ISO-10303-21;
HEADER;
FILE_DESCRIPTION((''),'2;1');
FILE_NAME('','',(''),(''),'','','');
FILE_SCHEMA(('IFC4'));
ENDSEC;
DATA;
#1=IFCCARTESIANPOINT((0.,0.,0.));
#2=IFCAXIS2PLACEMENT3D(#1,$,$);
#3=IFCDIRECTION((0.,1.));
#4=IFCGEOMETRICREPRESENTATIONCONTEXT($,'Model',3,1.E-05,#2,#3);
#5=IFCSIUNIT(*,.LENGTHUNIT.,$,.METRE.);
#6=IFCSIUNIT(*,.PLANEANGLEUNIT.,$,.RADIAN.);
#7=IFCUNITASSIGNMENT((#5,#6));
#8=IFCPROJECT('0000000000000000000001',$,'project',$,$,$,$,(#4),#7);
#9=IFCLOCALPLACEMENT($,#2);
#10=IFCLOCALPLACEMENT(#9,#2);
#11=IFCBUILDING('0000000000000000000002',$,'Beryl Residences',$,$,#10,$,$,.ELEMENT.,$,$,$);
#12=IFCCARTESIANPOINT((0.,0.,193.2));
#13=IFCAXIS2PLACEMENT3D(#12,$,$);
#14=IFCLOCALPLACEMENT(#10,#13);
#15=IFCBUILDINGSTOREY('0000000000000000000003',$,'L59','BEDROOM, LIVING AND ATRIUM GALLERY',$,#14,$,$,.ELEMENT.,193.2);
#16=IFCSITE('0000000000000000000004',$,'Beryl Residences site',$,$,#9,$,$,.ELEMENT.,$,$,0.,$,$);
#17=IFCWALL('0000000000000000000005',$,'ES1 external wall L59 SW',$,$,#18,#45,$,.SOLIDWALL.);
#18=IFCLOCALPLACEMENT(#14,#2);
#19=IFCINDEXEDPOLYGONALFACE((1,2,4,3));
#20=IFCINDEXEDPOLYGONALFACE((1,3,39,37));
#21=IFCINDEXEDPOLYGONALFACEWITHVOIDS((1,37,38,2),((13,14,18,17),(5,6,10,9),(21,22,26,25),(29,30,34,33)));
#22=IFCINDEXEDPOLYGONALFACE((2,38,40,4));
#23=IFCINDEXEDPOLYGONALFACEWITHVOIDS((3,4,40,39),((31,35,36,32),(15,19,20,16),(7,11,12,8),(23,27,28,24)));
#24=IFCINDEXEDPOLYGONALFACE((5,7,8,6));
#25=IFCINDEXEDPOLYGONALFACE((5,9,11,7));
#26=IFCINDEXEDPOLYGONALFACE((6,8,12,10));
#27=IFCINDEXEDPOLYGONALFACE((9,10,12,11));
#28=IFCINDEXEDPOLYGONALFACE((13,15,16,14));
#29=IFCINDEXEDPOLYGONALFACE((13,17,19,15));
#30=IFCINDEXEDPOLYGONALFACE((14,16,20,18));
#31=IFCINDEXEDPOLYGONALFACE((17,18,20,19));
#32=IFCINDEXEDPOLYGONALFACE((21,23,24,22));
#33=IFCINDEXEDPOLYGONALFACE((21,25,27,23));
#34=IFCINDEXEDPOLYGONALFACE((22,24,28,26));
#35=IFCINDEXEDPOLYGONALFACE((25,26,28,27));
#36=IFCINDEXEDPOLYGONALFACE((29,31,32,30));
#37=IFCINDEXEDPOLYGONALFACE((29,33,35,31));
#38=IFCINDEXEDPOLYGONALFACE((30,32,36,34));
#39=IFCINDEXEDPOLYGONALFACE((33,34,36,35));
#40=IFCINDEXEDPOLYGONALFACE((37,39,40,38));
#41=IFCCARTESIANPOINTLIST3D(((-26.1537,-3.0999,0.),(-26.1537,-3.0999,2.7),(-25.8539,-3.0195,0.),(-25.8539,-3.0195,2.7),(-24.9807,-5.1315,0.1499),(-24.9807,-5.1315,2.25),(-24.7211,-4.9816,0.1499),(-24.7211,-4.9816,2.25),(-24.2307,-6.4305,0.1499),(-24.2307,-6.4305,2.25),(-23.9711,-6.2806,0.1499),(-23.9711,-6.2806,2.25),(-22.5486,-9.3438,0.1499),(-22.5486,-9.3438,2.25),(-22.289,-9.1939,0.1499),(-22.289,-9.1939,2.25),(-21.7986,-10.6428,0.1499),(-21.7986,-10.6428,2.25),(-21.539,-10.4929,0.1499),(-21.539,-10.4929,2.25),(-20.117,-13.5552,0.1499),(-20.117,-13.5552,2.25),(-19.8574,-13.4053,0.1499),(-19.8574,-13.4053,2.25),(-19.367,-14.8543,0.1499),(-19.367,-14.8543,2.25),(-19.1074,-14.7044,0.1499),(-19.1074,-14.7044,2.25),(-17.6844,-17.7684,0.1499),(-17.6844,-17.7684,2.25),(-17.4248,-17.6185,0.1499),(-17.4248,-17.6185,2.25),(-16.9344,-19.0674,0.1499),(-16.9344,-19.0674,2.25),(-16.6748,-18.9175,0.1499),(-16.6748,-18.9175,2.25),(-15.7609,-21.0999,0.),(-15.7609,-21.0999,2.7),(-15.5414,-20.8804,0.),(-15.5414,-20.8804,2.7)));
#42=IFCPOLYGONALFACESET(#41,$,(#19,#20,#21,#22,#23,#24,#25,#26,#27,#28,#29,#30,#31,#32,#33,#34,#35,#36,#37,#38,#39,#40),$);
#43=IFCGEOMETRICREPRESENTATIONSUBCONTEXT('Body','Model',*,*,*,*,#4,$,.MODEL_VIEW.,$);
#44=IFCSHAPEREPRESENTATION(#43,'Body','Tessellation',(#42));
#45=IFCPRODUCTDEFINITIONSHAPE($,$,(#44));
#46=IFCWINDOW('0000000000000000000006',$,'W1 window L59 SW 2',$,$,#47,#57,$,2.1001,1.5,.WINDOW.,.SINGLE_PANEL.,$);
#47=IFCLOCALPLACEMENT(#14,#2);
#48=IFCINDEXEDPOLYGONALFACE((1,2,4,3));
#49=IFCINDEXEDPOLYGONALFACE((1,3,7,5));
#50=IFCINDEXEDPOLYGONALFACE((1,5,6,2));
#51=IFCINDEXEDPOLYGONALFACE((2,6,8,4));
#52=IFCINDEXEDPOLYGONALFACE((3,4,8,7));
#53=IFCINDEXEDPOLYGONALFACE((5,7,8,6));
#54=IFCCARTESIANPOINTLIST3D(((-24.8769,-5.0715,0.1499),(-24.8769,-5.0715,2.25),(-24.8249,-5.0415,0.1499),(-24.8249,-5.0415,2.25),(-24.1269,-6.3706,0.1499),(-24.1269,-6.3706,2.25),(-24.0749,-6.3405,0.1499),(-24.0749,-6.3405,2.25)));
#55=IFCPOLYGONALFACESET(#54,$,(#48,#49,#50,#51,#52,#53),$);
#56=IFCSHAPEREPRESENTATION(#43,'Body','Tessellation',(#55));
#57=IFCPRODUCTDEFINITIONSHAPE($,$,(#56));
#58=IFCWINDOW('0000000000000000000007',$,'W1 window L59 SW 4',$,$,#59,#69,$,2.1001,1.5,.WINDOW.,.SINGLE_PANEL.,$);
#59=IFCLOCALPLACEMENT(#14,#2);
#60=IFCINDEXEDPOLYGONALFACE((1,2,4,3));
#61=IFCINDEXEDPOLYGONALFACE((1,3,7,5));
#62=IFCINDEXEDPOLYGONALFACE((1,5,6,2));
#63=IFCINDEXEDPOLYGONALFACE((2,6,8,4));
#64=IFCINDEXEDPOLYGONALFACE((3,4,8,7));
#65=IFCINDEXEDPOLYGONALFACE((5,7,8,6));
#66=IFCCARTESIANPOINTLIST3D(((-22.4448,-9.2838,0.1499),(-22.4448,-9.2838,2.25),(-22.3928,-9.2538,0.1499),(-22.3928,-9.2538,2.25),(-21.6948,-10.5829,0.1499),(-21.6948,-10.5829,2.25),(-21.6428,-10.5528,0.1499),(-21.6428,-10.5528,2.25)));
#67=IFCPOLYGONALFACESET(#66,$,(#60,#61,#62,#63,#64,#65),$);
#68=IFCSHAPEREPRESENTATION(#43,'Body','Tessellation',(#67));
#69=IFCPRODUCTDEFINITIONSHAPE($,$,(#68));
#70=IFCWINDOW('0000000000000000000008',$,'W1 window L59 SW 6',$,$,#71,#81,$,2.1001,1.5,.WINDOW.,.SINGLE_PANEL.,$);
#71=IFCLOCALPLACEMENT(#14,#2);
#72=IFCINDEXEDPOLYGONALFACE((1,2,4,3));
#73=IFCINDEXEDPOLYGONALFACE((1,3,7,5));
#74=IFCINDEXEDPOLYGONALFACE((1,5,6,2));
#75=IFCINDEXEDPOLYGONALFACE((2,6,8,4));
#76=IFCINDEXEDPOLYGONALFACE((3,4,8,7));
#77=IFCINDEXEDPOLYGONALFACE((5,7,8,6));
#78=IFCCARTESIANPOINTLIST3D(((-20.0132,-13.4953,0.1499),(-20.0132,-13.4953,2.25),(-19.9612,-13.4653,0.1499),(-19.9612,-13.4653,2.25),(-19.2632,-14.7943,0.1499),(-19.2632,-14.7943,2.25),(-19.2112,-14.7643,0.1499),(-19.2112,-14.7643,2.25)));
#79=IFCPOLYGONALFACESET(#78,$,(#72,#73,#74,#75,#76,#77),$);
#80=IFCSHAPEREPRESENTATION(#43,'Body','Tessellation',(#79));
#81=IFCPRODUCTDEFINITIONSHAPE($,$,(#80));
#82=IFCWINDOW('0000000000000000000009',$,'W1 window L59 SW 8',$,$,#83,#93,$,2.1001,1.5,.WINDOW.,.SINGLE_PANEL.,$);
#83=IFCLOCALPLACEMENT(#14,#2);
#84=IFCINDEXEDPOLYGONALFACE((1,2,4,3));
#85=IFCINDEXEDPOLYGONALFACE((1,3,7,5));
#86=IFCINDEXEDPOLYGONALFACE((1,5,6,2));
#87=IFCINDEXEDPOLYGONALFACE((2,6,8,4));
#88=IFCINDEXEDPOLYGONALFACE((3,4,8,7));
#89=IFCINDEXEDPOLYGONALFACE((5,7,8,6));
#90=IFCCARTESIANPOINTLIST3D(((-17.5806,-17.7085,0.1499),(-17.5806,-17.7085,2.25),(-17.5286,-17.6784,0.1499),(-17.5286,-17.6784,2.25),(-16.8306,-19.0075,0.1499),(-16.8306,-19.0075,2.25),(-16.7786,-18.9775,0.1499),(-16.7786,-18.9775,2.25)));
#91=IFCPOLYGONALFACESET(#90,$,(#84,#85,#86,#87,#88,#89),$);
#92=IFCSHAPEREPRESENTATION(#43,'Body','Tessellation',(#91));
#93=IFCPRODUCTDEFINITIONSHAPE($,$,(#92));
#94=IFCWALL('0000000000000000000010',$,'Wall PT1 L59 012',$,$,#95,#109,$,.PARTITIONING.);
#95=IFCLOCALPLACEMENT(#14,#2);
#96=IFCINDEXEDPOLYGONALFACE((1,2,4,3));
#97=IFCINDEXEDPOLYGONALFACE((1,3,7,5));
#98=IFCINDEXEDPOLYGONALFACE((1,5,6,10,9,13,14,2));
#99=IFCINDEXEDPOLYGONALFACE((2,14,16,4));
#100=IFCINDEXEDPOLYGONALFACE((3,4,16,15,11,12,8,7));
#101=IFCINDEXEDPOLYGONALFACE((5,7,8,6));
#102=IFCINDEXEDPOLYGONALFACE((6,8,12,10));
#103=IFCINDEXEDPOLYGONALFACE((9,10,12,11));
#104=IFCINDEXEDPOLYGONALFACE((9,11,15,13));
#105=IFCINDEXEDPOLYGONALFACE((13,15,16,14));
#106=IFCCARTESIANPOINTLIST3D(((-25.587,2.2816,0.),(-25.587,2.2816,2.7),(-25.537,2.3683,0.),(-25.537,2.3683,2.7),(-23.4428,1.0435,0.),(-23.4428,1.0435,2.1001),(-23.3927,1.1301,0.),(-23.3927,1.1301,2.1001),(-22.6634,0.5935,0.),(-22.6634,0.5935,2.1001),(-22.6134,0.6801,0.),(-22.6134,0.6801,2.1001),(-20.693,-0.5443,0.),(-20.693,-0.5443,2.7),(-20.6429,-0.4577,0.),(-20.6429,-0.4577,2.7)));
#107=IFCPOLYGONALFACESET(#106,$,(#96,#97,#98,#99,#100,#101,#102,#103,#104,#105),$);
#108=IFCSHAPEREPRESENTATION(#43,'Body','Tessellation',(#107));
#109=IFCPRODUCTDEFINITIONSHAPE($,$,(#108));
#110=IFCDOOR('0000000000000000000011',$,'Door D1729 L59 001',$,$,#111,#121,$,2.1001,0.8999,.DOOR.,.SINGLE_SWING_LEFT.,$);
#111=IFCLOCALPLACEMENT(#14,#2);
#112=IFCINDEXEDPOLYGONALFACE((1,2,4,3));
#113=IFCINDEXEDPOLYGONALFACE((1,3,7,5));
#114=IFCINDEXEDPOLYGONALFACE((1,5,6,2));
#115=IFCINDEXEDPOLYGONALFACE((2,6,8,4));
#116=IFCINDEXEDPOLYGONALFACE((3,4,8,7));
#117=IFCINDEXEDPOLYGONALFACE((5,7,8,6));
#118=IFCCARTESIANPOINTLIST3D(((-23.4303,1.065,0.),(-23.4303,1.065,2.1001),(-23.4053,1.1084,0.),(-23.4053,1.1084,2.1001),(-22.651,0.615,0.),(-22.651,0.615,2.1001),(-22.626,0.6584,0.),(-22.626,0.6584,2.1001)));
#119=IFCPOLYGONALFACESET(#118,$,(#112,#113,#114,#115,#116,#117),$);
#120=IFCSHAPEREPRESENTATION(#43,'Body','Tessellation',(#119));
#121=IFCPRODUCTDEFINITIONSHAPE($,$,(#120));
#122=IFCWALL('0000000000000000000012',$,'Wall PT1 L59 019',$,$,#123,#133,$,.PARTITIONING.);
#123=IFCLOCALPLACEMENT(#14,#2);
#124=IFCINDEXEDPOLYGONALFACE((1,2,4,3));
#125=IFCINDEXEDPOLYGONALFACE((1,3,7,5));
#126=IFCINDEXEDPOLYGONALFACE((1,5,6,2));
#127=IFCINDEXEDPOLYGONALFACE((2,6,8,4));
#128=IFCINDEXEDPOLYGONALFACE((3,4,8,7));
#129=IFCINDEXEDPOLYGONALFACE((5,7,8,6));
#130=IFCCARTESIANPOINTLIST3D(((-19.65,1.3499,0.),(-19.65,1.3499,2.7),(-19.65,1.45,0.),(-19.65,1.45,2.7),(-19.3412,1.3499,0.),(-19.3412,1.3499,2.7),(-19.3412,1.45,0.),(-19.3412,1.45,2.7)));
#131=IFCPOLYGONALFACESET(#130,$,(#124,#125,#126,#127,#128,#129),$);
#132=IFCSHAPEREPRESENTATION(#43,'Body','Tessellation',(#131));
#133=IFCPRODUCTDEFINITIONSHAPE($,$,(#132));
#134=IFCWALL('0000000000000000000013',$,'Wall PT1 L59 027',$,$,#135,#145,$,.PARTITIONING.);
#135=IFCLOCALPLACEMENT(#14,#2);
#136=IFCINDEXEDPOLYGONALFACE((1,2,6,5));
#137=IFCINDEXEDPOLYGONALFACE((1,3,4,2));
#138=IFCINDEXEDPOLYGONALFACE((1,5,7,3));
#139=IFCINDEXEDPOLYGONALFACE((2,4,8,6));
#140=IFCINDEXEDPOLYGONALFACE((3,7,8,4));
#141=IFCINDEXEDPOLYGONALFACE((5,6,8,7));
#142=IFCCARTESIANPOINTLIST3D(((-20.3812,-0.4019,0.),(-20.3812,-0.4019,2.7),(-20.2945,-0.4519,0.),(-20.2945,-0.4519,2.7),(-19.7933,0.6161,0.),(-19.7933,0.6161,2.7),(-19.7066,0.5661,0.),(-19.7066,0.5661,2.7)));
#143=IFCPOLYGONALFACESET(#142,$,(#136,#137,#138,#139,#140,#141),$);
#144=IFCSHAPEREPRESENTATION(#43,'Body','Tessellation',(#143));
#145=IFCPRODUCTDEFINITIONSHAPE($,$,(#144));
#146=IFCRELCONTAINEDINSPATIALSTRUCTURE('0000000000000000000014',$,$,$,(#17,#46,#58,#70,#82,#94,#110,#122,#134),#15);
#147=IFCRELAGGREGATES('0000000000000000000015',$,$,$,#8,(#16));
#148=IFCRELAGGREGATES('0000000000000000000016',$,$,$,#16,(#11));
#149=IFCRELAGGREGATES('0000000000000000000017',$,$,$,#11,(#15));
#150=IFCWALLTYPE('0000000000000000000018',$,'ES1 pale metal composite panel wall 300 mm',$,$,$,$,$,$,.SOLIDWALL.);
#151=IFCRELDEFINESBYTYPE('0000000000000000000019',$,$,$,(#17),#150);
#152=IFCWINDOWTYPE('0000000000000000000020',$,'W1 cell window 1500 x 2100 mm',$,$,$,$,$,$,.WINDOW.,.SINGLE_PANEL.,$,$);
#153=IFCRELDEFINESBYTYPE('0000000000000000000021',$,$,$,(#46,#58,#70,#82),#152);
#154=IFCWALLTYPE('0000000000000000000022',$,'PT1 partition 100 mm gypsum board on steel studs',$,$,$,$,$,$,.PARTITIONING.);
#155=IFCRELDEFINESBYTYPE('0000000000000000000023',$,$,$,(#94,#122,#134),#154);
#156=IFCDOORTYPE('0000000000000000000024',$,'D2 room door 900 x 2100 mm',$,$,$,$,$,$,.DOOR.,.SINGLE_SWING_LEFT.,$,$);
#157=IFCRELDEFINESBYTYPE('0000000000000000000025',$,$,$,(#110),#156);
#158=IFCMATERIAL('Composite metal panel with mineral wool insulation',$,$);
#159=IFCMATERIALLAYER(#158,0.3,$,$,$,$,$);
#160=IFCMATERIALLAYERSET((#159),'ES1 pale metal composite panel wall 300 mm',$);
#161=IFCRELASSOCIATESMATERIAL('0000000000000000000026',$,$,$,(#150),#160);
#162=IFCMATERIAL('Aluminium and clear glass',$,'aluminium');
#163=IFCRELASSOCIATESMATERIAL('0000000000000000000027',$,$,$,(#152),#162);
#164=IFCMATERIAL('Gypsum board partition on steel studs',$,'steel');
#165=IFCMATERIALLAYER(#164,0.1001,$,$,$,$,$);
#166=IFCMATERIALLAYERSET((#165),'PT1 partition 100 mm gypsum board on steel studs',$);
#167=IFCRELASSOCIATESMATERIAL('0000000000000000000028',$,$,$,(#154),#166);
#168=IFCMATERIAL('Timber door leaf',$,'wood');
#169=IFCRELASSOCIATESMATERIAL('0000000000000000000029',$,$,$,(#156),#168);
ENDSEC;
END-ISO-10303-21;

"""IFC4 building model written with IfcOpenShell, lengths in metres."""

from ifc_helpers import new_model, si_unit, direction, frame, frame_2d, origin, place, context, subcontext, project, spatial, polyline, rectangle, outline, extrude, material, layer, layer_set, type_object, element, fill, save


model = new_model("IFC4")

# Units and contexts
model_context = context("Model", 3, precision=1e-05, world=origin(), true_north=direction((0.0, 1.0)))
body_context = subcontext(model_context, "Body", "Model", "MODEL_VIEW")
ifc_project = project(units=[si_unit("LENGTHUNIT", "METRE"), si_unit("PLANEANGLEUNIT", "RADIAN")], contexts=[model_context])

# Site, building, storey
site_placement = place(None, origin())
site = spatial("IfcSite", under=ifc_project, at=site_placement, Name="Beryl Residences site", CompositionType="ELEMENT", RefElevation=0.0)
building_placement = place(site_placement, origin())
building = spatial("IfcBuilding", under=site, at=building_placement, Name="Beryl Residences", CompositionType="ELEMENT")
storey_placement = place(building_placement, frame((0.0, 0.0, 193.2)))
storey = spatial("IfcBuildingStorey", under=building, at=storey_placement, Name="L59", Description="BEDROOM, LIVING AND ATRIUM GALLERY", CompositionType="ELEMENT", Elevation=193.2)

# Shared definitions
ifc_material_1 = material(Name="Composite metal panel with mineral wool insulation")
ifc_layer_1 = layer(ifc_material_1, 0.3)
ifc_layer_set_1 = layer_set([ifc_layer_1], Name="ES1 pale metal composite panel wall 300 mm")
wall_type_1 = type_object("IfcWallType", Name="ES1 pale metal composite panel wall 300 mm", PredefinedType="SOLIDWALL", material=ifc_layer_set_1)

# Wall, openings, windows
wall_1_placement = place(storey_placement, frame((-26.0239, -3.0249, 0.0), z_axis=(0.0, 0.0, 1.0), x_axis=(0.500019, -0.866015, 0.0)))
wall_1 = element("IfcWall", 1, at=wall_1_placement, inside=storey, type_object=wall_type_1, Name="ES1 external wall L59 SW", PredefinedType="SOLIDWALL", context=body_context, shape_type="SweptSolid", body=[
    extrude(outline(polyline([(0.0, -0.1499), (20.7849, -0.1499), (20.7046, 0.1499), (0.0803, 0.1499), (0.0, -0.1499)])), origin(), (0.0, 0.0, 1.0), 2.7),
])
opening_1_placement = place(wall_1_placement, frame((2.3459, 0.0, 0.1499)))
opening_1 = element("IfcOpeningElement", 2, at=opening_1_placement, cuts=wall_1, PredefinedType="OPENING", context=body_context, shape_type="SweptSolid", body=[
    extrude(rectangle(XDim=1.5, YDim=2.1001, at=frame_2d((0.75, 1.05))), frame((0.0, 0.1599, 0.0), z_axis=(0.0, -1.0, 0.0), x_axis=(1.0, 0.0, 0.0)), (0.0, 0.0, 1.0), 0.3201),
])
opening_2_placement = place(wall_1_placement, frame((7.21, 0.0, 0.1499)))
opening_2 = element("IfcOpeningElement", 3, at=opening_2_placement, cuts=wall_1, PredefinedType="OPENING", context=body_context, shape_type="SweptSolid", body=[
    extrude(rectangle(XDim=1.5, YDim=2.1001, at=frame_2d((0.75, 1.05))), frame((0.0, 0.1599, 0.0), z_axis=(0.0, -1.0, 0.0), x_axis=(1.0, 0.0, 0.0)), (0.0, 0.0, 1.0), 0.3201),
])
opening_3_placement = place(wall_1_placement, frame((12.073, 0.0, 0.1499)))
opening_3 = element("IfcOpeningElement", 4, at=opening_3_placement, cuts=wall_1, PredefinedType="OPENING", context=body_context, shape_type="SweptSolid", body=[
    extrude(rectangle(XDim=1.5, YDim=2.1001, at=frame_2d((0.75, 1.05))), frame((0.0, 0.1599, 0.0), z_axis=(0.0, -1.0, 0.0), x_axis=(1.0, 0.0, 0.0)), (0.0, 0.0, 1.0), 0.3201),
])
opening_4_placement = place(wall_1_placement, frame((16.938, 0.0, 0.1499)))
opening_4 = element("IfcOpeningElement", 5, at=opening_4_placement, cuts=wall_1, PredefinedType="OPENING", context=body_context, shape_type="SweptSolid", body=[
    extrude(rectangle(XDim=1.5, YDim=2.1001, at=frame_2d((0.75, 1.05))), frame((0.0, 0.1599, 0.0), z_axis=(0.0, -1.0, 0.0), x_axis=(1.0, 0.0, 0.0)), (0.0, 0.0, 1.0), 0.3201),
])
ifc_material_2 = material(Name="Aluminium and clear glass", Category="aluminium")
window_type_1 = type_object("IfcWindowType", Name="W1 cell window 1500 x 2100 mm", PartitioningType="SINGLE_PANEL", PredefinedType="WINDOW", material=ifc_material_2)
window_1_placement = place(opening_1_placement, origin())
window_1 = element("IfcWindow", 6, at=window_1_placement, inside=storey, type_object=window_type_1, Name="W1 window L59 SW 2", OverallHeight=2.1001, OverallWidth=1.5, PartitioningType="SINGLE_PANEL", PredefinedType="WINDOW", context=body_context, shape_type="SweptSolid", body=[
    extrude(rectangle(XDim=1.5, YDim=2.1001, at=frame_2d((0.75, 1.05))), frame((0.0, 0.03, 0.0), z_axis=(0.0, -1.0, 0.0), x_axis=(1.0, 0.0, 0.0)), (0.0, 0.0, 1.0), 0.0601),
])
fill(opening_1, window_1)
window_2_placement = place(opening_2_placement, origin())
window_2 = element("IfcWindow", 7, at=window_2_placement, inside=storey, type_object=window_type_1, Name="W1 window L59 SW 4", OverallHeight=2.1001, OverallWidth=1.5, PartitioningType="SINGLE_PANEL", PredefinedType="WINDOW", context=body_context, shape_type="SweptSolid", body=[
    extrude(rectangle(XDim=1.5, YDim=2.1001, at=frame_2d((0.75, 1.05))), frame((0.0, 0.03, 0.0), z_axis=(0.0, -1.0, 0.0), x_axis=(1.0, 0.0, 0.0)), (0.0, 0.0, 1.0), 0.0601),
])
fill(opening_2, window_2)
window_3_placement = place(opening_3_placement, origin())
window_3 = element("IfcWindow", 8, at=window_3_placement, inside=storey, type_object=window_type_1, Name="W1 window L59 SW 6", OverallHeight=2.1001, OverallWidth=1.5, PartitioningType="SINGLE_PANEL", PredefinedType="WINDOW", context=body_context, shape_type="SweptSolid", body=[
    extrude(rectangle(XDim=1.5, YDim=2.1001, at=frame_2d((0.75, 1.05))), frame((0.0, 0.03, 0.0), z_axis=(0.0, -1.0, 0.0), x_axis=(1.0, 0.0, 0.0)), (0.0, 0.0, 1.0), 0.0601),
])
fill(opening_3, window_3)
window_4_placement = place(opening_4_placement, origin())
window_4 = element("IfcWindow", 9, at=window_4_placement, inside=storey, type_object=window_type_1, Name="W1 window L59 SW 8", OverallHeight=2.1001, OverallWidth=1.5, PartitioningType="SINGLE_PANEL", PredefinedType="WINDOW", context=body_context, shape_type="SweptSolid", body=[
    extrude(rectangle(XDim=1.5, YDim=2.1001, at=frame_2d((0.75, 1.05))), frame((0.0, 0.03, 0.0), z_axis=(0.0, -1.0, 0.0), x_axis=(1.0, 0.0, 0.0)), (0.0, 0.0, 1.0), 0.0601),
])
fill(opening_4, window_4)

# Wall, opening, door
ifc_material_3 = material(Name="Gypsum board partition on steel studs", Category="steel")
ifc_layer_2 = layer(ifc_material_3, 0.1001)
ifc_layer_set_2 = layer_set([ifc_layer_2], Name="PT1 partition 100 mm gypsum board on steel studs")
wall_type_2 = type_object("IfcWallType", Name="PT1 partition 100 mm gypsum board on steel studs", PredefinedType="PARTITIONING", material=ifc_layer_set_2)
wall_2_placement = place(storey_placement, frame((-25.562, 2.325, 0.0), z_axis=(0.0, 0.0, 1.0), x_axis=(0.865999, -0.500047, 0.0)))
wall_2 = element("IfcWall", 10, at=wall_2_placement, inside=storey, type_object=wall_type_2, Name="Wall PT1 L59 012", PredefinedType="PARTITIONING", context=body_context, shape_type="SweptSolid", body=[
    extrude(rectangle(XDim=5.6514, YDim=0.1001, at=frame_2d((2.8257, 0.0))), origin(), (0.0, 0.0, 1.0), 2.7),
])
opening_5_placement = place(wall_2_placement, frame((2.4761, 0.0, 0.0)))
opening_5 = element("IfcOpeningElement", 11, at=opening_5_placement, cuts=wall_2, PredefinedType="OPENING", context=body_context, shape_type="SweptSolid", body=[
    extrude(rectangle(XDim=0.8999, YDim=2.1001, at=frame_2d((0.45, 1.05))), frame((0.0, 0.0601, 0.0), z_axis=(0.0, -1.0, 0.0), x_axis=(1.0, 0.0, 0.0)), (0.0, 0.0, 1.0), 0.1201),
])
ifc_material_4 = material(Name="Timber door leaf", Category="wood")
door_type = type_object("IfcDoorType", Name="D2 room door 900 x 2100 mm", OperationType="SINGLE_SWING_LEFT", PredefinedType="DOOR", material=ifc_material_4)
door_1_placement = place(opening_5_placement, origin())
door_1 = element("IfcDoor", 12, at=door_1_placement, inside=storey, type_object=door_type, Name="Door D1729 L59 001", OperationType="SINGLE_SWING_LEFT", OverallHeight=2.1001, OverallWidth=0.8999, PredefinedType="DOOR", context=body_context, shape_type="SweptSolid", body=[
    extrude(rectangle(XDim=0.8999, YDim=2.1001, at=frame_2d((0.45, 1.05))), frame((0.0, 0.0249, 0.0), z_axis=(0.0, -1.0, 0.0), x_axis=(1.0, 0.0, 0.0)), (0.0, 0.0, 1.0), 0.05),
])
fill(opening_5, door_1)

# Walls
wall_3_placement = place(storey_placement, frame((-19.6499, 1.3999, 0.0), z_axis=(0.0, 0.0, 1.0), x_axis=(1.0, 0.0, 0.0)))
element("IfcWall", 13, at=wall_3_placement, inside=storey, type_object=wall_type_2, Name="Wall PT1 L59 019", PredefinedType="PARTITIONING", context=body_context, shape_type="SweptSolid", body=[
    extrude(rectangle(XDim=0.3088, YDim=0.1001, at=frame_2d((0.1543, 0.0))), origin(), (0.0, 0.0, 1.0), 2.7),
])
wall_4_placement = place(storey_placement, frame((-20.3379, -0.427, 0.0), z_axis=(0.0, 0.0, 1.0), x_axis=(0.50007, 0.865985, 0.0)))
element("IfcWall", 14, at=wall_4_placement, inside=storey, type_object=wall_type_2, Name="Wall PT1 L59 027", PredefinedType="PARTITIONING", context=body_context, shape_type="SweptSolid", body=[
    extrude(rectangle(XDim=1.1755, YDim=0.1001, at=frame_2d((0.5879, 0.0))), origin(), (0.0, 0.0, 1.0), 2.7),
])

save(model, "model.ifc")
